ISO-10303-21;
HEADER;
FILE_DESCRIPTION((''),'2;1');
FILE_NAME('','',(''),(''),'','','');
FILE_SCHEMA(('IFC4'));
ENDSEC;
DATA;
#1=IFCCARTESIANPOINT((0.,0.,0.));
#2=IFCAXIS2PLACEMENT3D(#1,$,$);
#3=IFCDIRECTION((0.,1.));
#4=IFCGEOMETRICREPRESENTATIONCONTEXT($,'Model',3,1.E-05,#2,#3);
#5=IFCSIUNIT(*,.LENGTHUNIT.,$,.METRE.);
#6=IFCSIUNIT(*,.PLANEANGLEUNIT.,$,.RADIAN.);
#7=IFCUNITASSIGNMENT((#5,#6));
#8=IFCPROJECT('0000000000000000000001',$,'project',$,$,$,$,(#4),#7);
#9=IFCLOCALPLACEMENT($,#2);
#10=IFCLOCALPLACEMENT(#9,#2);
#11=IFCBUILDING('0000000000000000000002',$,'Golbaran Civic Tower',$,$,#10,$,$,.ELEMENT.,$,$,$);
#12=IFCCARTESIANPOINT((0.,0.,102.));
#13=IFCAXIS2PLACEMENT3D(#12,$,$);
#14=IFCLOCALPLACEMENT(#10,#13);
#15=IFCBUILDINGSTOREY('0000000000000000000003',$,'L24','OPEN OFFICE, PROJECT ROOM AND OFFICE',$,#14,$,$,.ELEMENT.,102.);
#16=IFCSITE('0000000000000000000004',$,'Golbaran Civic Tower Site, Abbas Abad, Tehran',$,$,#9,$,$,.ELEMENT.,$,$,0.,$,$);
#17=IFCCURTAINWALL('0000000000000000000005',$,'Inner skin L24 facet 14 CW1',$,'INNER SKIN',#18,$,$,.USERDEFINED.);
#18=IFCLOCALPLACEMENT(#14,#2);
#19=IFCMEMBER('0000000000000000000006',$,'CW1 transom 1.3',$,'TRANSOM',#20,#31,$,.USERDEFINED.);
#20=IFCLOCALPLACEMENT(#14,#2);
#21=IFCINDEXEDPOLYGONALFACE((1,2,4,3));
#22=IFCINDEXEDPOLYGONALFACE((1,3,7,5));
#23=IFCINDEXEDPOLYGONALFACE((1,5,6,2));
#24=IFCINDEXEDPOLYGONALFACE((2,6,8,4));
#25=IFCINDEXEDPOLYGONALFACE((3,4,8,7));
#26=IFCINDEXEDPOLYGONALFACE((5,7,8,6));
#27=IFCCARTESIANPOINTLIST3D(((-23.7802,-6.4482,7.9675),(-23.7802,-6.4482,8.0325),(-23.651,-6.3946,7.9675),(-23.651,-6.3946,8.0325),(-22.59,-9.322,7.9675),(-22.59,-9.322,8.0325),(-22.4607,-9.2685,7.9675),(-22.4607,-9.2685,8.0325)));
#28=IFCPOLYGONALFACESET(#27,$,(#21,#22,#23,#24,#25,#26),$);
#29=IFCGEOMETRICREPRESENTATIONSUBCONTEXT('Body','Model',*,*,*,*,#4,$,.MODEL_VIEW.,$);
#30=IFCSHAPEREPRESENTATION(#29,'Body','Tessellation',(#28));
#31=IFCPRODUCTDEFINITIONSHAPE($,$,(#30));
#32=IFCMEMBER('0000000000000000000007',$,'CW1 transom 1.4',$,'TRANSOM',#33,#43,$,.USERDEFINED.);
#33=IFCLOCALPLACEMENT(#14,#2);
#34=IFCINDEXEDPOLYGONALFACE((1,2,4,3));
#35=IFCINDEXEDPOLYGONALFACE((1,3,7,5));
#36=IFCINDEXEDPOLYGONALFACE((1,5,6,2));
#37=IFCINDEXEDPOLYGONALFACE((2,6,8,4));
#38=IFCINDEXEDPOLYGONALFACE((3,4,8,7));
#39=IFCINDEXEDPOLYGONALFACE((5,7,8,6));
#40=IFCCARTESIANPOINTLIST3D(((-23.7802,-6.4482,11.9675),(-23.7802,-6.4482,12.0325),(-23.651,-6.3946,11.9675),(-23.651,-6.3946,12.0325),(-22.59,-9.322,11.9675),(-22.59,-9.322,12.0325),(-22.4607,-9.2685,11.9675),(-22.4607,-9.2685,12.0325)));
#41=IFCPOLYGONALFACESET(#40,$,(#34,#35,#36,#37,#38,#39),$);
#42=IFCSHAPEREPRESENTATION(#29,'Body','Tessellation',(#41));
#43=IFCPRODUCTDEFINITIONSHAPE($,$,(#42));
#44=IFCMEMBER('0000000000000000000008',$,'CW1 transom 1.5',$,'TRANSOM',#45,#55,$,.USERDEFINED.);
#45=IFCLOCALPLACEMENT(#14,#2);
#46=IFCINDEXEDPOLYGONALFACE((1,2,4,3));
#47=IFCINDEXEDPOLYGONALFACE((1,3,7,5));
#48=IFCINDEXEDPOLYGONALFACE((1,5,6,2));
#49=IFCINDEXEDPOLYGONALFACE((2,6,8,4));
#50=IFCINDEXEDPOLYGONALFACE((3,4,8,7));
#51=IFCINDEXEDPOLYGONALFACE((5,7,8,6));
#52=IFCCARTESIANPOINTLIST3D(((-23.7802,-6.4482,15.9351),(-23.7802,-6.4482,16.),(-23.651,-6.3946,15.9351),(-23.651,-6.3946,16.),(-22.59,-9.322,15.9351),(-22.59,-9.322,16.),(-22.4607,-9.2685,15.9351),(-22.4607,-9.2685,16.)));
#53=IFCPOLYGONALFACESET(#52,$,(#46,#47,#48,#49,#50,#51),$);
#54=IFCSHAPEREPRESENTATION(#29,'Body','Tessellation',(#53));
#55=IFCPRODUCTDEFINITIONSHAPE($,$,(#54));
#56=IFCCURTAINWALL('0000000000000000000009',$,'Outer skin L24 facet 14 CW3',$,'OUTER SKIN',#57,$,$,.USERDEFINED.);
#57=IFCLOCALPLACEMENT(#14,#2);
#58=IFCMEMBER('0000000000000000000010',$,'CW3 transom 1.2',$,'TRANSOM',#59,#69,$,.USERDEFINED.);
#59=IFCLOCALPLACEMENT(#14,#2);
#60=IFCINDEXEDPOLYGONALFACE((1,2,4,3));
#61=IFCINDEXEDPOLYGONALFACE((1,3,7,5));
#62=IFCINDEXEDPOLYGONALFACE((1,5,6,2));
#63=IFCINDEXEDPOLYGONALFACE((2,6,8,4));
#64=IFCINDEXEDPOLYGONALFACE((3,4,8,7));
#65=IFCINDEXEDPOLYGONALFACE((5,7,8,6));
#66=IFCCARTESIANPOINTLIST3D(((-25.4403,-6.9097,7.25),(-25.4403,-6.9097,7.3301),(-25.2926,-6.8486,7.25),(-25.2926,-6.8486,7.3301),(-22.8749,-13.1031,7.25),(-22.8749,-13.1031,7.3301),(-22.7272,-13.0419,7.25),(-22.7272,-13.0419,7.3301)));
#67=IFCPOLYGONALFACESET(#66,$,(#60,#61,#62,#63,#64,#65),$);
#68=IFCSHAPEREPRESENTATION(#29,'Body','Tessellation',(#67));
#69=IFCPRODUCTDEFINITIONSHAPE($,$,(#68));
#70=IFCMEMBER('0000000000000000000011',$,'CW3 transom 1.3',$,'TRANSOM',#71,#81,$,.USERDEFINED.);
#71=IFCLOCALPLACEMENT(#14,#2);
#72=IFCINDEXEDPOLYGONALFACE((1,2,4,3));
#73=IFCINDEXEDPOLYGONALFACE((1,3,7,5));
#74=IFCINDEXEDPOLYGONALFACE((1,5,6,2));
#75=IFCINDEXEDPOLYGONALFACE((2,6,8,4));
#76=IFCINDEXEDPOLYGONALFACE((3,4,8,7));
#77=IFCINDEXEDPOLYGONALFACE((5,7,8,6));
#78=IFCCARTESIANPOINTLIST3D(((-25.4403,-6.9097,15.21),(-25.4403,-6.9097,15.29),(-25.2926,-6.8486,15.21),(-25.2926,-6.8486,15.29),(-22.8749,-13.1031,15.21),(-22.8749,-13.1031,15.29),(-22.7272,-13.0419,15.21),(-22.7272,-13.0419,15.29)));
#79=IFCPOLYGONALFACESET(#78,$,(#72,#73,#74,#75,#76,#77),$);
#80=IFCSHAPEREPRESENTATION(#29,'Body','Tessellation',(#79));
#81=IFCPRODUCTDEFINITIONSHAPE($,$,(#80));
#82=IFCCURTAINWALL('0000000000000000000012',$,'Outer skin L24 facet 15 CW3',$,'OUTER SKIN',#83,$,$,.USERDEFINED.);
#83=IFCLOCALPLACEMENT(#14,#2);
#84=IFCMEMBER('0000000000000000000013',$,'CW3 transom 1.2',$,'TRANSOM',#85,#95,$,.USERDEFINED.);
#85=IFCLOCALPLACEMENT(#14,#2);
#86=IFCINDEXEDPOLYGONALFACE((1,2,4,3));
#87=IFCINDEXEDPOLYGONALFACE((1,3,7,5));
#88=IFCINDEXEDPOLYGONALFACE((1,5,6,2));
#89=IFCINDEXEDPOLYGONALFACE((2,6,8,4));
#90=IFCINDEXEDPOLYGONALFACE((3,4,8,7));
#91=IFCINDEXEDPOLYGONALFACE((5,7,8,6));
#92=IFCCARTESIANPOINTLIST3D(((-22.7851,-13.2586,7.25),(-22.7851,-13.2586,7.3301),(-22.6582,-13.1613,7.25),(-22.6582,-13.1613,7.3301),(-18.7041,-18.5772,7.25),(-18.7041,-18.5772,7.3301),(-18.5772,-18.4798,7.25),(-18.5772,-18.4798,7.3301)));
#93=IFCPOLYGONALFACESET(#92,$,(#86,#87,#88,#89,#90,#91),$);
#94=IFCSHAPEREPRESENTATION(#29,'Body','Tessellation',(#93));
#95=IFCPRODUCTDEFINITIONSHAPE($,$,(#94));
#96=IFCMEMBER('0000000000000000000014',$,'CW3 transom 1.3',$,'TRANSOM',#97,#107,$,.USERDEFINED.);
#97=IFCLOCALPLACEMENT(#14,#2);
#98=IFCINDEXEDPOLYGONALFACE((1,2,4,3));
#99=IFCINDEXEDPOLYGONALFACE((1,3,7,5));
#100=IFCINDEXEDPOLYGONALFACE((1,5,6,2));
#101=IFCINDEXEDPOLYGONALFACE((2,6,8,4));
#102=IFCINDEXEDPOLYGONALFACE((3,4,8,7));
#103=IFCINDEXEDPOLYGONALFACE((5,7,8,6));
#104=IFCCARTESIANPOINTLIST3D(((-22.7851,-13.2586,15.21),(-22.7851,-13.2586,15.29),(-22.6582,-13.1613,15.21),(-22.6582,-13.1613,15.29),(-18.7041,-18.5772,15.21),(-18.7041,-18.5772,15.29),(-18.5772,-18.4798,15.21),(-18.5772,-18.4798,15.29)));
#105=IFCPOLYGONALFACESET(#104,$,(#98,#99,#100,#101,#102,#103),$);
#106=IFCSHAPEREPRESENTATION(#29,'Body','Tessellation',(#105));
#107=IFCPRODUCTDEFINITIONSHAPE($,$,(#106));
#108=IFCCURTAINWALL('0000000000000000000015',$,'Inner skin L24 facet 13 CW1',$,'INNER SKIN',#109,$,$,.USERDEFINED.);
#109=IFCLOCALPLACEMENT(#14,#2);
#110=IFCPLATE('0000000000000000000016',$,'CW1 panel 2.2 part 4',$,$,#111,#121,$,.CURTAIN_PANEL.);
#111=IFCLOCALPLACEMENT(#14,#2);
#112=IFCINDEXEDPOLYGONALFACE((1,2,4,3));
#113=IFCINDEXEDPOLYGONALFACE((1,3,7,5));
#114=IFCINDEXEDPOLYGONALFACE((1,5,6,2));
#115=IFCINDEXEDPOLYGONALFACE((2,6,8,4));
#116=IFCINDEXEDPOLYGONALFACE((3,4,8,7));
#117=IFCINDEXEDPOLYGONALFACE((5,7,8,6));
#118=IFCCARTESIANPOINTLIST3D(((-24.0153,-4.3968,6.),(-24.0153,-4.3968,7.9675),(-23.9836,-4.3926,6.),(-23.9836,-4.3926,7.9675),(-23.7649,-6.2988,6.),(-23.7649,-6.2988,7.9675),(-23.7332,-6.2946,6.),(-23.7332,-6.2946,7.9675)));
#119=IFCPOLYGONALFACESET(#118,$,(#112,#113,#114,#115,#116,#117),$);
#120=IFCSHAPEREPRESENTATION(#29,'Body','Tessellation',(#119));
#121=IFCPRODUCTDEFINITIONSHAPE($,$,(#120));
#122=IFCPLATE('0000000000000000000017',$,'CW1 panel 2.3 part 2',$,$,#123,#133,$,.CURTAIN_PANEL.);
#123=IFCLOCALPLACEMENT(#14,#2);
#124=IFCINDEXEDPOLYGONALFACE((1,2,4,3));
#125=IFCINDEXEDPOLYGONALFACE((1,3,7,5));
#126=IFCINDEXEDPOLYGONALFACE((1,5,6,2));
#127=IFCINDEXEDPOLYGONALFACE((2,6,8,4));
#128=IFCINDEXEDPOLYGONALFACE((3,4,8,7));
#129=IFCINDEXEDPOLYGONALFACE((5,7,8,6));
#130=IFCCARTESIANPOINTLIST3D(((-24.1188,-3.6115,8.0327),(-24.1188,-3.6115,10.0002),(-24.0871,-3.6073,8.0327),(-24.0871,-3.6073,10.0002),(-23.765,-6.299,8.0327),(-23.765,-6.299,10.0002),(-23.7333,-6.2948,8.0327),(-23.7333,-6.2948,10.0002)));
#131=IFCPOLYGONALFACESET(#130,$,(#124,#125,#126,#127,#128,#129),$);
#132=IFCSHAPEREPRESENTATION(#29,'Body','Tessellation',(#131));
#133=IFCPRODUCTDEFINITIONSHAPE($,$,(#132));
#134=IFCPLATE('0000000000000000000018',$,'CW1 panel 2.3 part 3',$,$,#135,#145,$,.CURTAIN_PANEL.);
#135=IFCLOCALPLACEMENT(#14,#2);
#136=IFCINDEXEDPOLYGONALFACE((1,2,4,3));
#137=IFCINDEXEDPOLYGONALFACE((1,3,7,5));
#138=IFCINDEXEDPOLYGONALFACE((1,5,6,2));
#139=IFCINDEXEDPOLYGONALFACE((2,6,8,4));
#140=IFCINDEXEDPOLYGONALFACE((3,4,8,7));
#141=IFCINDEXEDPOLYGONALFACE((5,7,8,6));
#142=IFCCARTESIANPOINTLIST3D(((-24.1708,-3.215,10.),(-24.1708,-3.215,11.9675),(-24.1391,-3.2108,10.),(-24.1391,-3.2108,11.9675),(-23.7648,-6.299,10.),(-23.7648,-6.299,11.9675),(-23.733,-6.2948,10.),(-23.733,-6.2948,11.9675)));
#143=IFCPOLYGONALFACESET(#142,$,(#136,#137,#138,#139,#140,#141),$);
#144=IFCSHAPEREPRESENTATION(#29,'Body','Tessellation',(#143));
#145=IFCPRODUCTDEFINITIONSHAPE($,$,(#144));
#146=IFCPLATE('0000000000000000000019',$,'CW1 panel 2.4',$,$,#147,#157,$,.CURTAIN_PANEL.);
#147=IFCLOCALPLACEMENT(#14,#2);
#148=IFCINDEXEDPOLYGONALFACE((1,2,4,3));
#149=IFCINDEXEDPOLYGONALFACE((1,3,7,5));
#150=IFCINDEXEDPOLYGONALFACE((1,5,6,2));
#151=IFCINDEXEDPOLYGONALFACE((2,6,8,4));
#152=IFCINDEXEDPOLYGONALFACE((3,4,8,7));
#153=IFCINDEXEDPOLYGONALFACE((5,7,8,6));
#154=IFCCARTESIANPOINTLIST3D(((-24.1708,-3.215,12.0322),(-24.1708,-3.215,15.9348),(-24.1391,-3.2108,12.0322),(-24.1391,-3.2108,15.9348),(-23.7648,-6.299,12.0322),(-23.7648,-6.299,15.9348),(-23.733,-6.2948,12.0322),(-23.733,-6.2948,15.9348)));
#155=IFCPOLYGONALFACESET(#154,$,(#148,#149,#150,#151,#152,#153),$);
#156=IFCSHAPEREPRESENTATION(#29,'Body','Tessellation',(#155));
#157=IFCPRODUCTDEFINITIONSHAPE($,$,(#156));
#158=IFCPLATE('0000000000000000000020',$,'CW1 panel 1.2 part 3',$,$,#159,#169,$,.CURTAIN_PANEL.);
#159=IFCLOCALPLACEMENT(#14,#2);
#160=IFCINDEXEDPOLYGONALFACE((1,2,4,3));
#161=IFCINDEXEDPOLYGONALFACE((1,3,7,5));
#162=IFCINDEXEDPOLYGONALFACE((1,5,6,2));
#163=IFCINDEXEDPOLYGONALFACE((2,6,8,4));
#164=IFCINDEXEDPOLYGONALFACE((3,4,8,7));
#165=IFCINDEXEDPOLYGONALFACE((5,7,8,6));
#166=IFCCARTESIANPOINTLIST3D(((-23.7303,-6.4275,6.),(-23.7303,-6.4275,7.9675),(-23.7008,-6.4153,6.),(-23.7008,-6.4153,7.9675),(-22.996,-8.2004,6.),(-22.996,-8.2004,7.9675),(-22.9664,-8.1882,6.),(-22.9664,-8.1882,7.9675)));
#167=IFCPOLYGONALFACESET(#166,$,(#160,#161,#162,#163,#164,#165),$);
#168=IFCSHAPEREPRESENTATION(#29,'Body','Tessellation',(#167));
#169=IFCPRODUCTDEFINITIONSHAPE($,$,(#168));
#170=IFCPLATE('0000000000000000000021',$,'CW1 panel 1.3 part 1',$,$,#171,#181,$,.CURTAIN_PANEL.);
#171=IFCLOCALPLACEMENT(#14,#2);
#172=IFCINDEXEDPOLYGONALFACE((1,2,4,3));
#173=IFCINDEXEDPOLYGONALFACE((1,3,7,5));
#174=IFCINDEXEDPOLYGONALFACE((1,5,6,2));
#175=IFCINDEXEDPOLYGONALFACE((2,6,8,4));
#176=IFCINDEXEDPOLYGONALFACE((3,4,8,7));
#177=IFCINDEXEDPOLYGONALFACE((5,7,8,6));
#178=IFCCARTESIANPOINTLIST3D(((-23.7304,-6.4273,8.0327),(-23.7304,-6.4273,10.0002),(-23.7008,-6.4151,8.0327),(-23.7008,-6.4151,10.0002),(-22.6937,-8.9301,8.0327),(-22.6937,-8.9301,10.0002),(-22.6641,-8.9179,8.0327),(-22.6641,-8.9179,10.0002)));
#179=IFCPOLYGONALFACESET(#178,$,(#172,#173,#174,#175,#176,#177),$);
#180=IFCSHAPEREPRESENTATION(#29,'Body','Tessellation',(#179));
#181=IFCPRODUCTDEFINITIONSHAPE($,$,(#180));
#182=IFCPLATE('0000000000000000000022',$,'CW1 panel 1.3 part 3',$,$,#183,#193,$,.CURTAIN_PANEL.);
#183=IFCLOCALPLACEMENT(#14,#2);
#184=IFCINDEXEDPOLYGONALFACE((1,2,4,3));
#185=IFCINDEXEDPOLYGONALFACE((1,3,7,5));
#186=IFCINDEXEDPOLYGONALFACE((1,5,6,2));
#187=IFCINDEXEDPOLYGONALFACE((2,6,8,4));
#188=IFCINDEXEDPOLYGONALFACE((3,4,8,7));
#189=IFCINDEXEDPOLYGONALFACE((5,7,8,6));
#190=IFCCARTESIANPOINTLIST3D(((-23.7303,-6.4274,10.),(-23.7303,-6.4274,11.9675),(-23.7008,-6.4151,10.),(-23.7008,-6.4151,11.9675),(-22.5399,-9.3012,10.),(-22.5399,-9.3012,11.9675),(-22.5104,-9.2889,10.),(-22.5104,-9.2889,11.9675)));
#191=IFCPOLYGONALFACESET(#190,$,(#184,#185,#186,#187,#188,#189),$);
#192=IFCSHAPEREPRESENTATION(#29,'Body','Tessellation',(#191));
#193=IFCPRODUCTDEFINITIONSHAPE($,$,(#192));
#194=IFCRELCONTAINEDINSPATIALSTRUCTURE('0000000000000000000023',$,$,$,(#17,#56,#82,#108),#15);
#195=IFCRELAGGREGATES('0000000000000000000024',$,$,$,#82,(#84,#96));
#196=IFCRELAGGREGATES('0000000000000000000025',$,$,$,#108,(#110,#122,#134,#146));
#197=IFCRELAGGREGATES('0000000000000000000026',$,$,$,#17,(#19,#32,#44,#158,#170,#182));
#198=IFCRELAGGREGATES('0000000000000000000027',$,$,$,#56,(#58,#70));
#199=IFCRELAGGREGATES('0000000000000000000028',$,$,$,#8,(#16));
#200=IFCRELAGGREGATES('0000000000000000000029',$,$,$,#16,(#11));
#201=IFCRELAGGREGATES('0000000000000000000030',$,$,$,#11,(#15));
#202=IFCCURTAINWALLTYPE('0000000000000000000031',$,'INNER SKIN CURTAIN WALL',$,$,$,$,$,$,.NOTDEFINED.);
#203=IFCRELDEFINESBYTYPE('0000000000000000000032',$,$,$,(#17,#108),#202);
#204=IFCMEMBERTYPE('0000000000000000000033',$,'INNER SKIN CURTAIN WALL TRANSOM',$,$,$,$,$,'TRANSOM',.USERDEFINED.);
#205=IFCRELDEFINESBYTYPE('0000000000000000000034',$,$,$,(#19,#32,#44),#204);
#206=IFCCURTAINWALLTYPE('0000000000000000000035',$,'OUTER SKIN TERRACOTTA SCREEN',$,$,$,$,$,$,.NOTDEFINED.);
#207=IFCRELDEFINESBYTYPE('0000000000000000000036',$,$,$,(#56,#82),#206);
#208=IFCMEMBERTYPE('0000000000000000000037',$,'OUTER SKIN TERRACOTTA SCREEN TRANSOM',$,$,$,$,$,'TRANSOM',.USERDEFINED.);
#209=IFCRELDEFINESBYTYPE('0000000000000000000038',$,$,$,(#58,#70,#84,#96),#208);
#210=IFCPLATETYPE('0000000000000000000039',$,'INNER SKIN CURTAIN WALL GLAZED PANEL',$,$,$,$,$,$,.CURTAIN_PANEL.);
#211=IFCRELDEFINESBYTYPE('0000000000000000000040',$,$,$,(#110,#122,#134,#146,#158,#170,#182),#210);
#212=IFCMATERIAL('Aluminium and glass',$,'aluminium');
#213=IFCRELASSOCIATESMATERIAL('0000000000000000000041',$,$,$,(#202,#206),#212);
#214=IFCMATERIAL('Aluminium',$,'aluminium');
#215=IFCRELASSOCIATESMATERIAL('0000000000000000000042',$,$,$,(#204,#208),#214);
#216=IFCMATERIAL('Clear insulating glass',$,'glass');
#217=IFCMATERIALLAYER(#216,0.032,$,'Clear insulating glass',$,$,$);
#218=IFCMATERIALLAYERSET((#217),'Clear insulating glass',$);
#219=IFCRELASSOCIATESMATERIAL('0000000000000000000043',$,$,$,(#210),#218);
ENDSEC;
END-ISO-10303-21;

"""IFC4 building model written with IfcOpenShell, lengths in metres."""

from ifc_helpers import new_model, si_unit, direction, frame, origin, origin_2d, place, context, subcontext, project, spatial, rectangle, extrude, material, layer, layer_set, material_profile, profile_set, type_object, element, aggregate, save


model = new_model("IFC4")

# Units and contexts
model_context = context("Model", 3, precision=1e-05, world=origin(), true_north=direction((0.0, 1.0)))
body_context = subcontext(model_context, "Body", "Model", "MODEL_VIEW")
ifc_project = project(units=[si_unit("LENGTHUNIT", "METRE"), si_unit("PLANEANGLEUNIT", "RADIAN")], contexts=[model_context])

# Site, building, storey
site_placement = place(None, origin())
site = spatial("IfcSite", under=ifc_project, at=site_placement, Name="Golbaran Civic Tower Site, Abbas Abad, Tehran", CompositionType="ELEMENT", RefElevation=0.0)
building_placement = place(site_placement, origin())
building = spatial("IfcBuilding", under=site, at=building_placement, Name="Golbaran Civic Tower", CompositionType="ELEMENT")
storey_placement = place(building_placement, frame((0.0, 0.0, 102.0)))
storey = spatial("IfcBuildingStorey", under=building, at=storey_placement, Name="L24", Description="OPEN OFFICE, PROJECT ROOM AND OFFICE", CompositionType="ELEMENT", Elevation=102.0)

# Curtain walls, members
ifc_material_1 = material(Name="Aluminium and glass", Category="aluminium")
curtain_wall_type_1 = type_object("IfcCurtainWallType", Name="INNER SKIN CURTAIN WALL", PredefinedType="NOTDEFINED", material=ifc_material_1)
curtain_wall_1_placement = place(storey_placement, origin())
curtain_wall_1 = element("IfcCurtainWall", 1, at=curtain_wall_1_placement, inside=storey, type_object=curtain_wall_type_1, Name="Inner skin L24 facet 14 CW1", ObjectType="INNER SKIN", PredefinedType="USERDEFINED")
ifc_material_2 = material(Name="Aluminium", Category="aluminium")
ifc_material_profile_1 = material_profile(ifc_material_2, rectangle(XDim=0.1399, YDim=0.0649, at=origin_2d()), Name="INNER SKIN CURTAIN WALL TRANSOM")
ifc_profile_set_1 = profile_set([ifc_material_profile_1], Name="Aluminium")
member_type_1 = type_object("IfcMemberType", Name="INNER SKIN CURTAIN WALL TRANSOM", ElementType="TRANSOM", PredefinedType="USERDEFINED", material=ifc_profile_set_1)
member_1_placement = place(storey_placement, frame((-23.7156, -6.4214, 8.0), z_axis=(0.382636, -0.923899, 0.0), x_axis=(0.923899, 0.382636, 0.0)))
member_1 = element("IfcMember", 2, at=member_1_placement, type_object=member_type_1, Name="CW1 transom 1.3", ObjectType="TRANSOM", PredefinedType="USERDEFINED", context=body_context, shape_type="SweptSolid", body=[
    extrude(rectangle(XDim=0.1399, YDim=0.0649, at=origin_2d()), origin(), (0.0, 0.0, 1.0), 3.1106),
])
member_2_placement = place(storey_placement, frame((-23.7156, -6.4214, 12.0), z_axis=(0.382636, -0.923899, 0.0), x_axis=(0.923899, 0.382636, 0.0)))
member_2 = element("IfcMember", 3, at=member_2_placement, type_object=member_type_1, Name="CW1 transom 1.4", ObjectType="TRANSOM", PredefinedType="USERDEFINED", context=body_context, shape_type="SweptSolid", body=[
    extrude(rectangle(XDim=0.1399, YDim=0.0649, at=origin_2d()), origin(), (0.0, 0.0, 1.0), 3.1106),
])
member_3_placement = place(storey_placement, frame((-23.7156, -6.4214, 15.9675), z_axis=(0.382636, -0.923899, 0.0), x_axis=(0.923899, 0.382636, 0.0)))
member_3 = element("IfcMember", 4, at=member_3_placement, type_object=member_type_1, Name="CW1 transom 1.5", ObjectType="TRANSOM", PredefinedType="USERDEFINED", context=body_context, shape_type="SweptSolid", body=[
    extrude(rectangle(XDim=0.1399, YDim=0.0649, at=origin_2d()), origin(), (0.0, 0.0, 1.0), 3.1106),
])
curtain_wall_type_2 = type_object("IfcCurtainWallType", Name="OUTER SKIN TERRACOTTA SCREEN", PredefinedType="NOTDEFINED", material=ifc_material_1)
curtain_wall_2_placement = place(storey_placement, origin())
curtain_wall_2 = element("IfcCurtainWall", 5, at=curtain_wall_2_placement, inside=storey, type_object=curtain_wall_type_2, Name="Outer skin L24 facet 14 CW3", ObjectType="OUTER SKIN", PredefinedType="USERDEFINED")
ifc_material_profile_2 = material_profile(ifc_material_2, rectangle(XDim=0.1599, YDim=0.0801, at=origin_2d()), Name="OUTER SKIN TERRACOTTA SCREEN TRANSOM")
ifc_profile_set_2 = profile_set([ifc_material_profile_2], Name="Aluminium")
member_type_2 = type_object("IfcMemberType", Name="OUTER SKIN TERRACOTTA SCREEN TRANSOM", ElementType="TRANSOM", PredefinedType="USERDEFINED", material=ifc_profile_set_2)
member_4_placement = place(storey_placement, frame((-25.3665, -6.8792, 7.29), z_axis=(0.382691, -0.923877, 0.0), x_axis=(0.923877, 0.382691, 0.0)))
member_4 = element("IfcMember", 6, at=member_4_placement, type_object=member_type_2, Name="CW3 transom 1.2", ObjectType="TRANSOM", PredefinedType="USERDEFINED", context=body_context, shape_type="SweptSolid", body=[
    extrude(rectangle(XDim=0.1599, YDim=0.0801, at=origin_2d()), origin(), (0.0, 0.0, 1.0), 6.7036),
])
member_5_placement = place(storey_placement, frame((-25.3665, -6.8792, 15.25), z_axis=(0.382691, -0.923877, 0.0), x_axis=(0.923877, 0.382691, 0.0)))
member_5 = element("IfcMember", 7, at=member_5_placement, type_object=member_type_2, Name="CW3 transom 1.3", ObjectType="TRANSOM", PredefinedType="USERDEFINED", context=body_context, shape_type="SweptSolid", body=[
    extrude(rectangle(XDim=0.1599, YDim=0.0801, at=origin_2d()), origin(), (0.0, 0.0, 1.0), 6.7036),
])
curtain_wall_3_placement = place(storey_placement, origin())
curtain_wall_3 = element("IfcCurtainWall", 8, at=curtain_wall_3_placement, inside=storey, type_object=curtain_wall_type_2, Name="Outer skin L24 facet 15 CW3", ObjectType="OUTER SKIN", PredefinedType="USERDEFINED")
member_6_placement = place(storey_placement, frame((-22.7217, -13.21, 7.29), z_axis=(0.608756, -0.793357, 0.0), x_axis=(0.793357, 0.608756, 0.0)))
member_6 = element("IfcMember", 9, at=member_6_placement, type_object=member_type_2, Name="CW3 transom 1.2", ObjectType="TRANSOM", PredefinedType="USERDEFINED", context=body_context, shape_type="SweptSolid", body=[
    extrude(rectangle(XDim=0.1599, YDim=0.0801, at=origin_2d()), origin(), (0.0, 0.0, 1.0), 6.7039),
])
member_7_placement = place(storey_placement, frame((-22.7217, -13.21, 15.25), z_axis=(0.608756, -0.793357, 0.0), x_axis=(0.793357, 0.608756, 0.0)))
member_7 = element("IfcMember", 10, at=member_7_placement, type_object=member_type_2, Name="CW3 transom 1.3", ObjectType="TRANSOM", PredefinedType="USERDEFINED", context=body_context, shape_type="SweptSolid", body=[
    extrude(rectangle(XDim=0.1599, YDim=0.0801, at=origin_2d()), origin(), (0.0, 0.0, 1.0), 6.7039),
])
aggregate(curtain_wall_3, [member_6, member_7])

# Curtain wall, plates
curtain_wall_4_placement = place(storey_placement, origin())
curtain_wall_4 = element("IfcCurtainWall", 11, at=curtain_wall_4_placement, inside=storey, type_object=curtain_wall_type_1, Name="Inner skin L24 facet 13 CW1", ObjectType="INNER SKIN", PredefinedType="USERDEFINED")
ifc_material_3 = material(Name="Clear insulating glass", Category="glass")
ifc_layer_1 = layer(ifc_material_3, 0.032, Name="Clear insulating glass")
ifc_layer_set_1 = layer_set([ifc_layer_1], Name="Clear insulating glass")
plate_type_1 = type_object("IfcPlateType", Name="INNER SKIN CURTAIN WALL GLAZED PANEL", PredefinedType="CURTAIN_PANEL", material=ifc_layer_set_1)
plate_1_placement = place(storey_placement, frame((-23.8743, -5.3457, 6.0), z_axis=(0.0, 0.0, 1.0), x_axis=(0.130526, -0.991445, 0.0)))
plate_1 = element("IfcPlate", 12, at=plate_1_placement, type_object=plate_type_1, Name="CW1 panel 2.2 part 4", PredefinedType="CURTAIN_PANEL", context=body_context, shape_type="SweptSolid", body=[
    extrude(rectangle(XDim=1.9185, YDim=0.032, at=origin_2d()), origin(), (0.0, 0.0, 1.0), 1.9675),
])
plate_2_placement = place(storey_placement, frame((-23.926, -4.9531, 8.0327), z_axis=(0.0, 0.0, 1.0), x_axis=(0.130526, -0.991445, 0.0)))
plate_2 = element("IfcPlate", 13, at=plate_2_placement, type_object=plate_type_1, Name="CW1 panel 2.3 part 2", PredefinedType="CURTAIN_PANEL", context=body_context, shape_type="SweptSolid", body=[
    extrude(rectangle(XDim=2.7107, YDim=0.032, at=origin_2d()), origin(), (0.0, 0.0, 1.0), 1.9675),
])
plate_3_placement = place(storey_placement, frame((-23.9519, -4.7549, 10.0), z_axis=(0.0, 0.0, 1.0), x_axis=(0.130526, -0.991445, 0.0)))
plate_3 = element("IfcPlate", 14, at=plate_3_placement, type_object=plate_type_1, Name="CW1 panel 2.3 part 3", PredefinedType="CURTAIN_PANEL", context=body_context, shape_type="SweptSolid", body=[
    extrude(rectangle(XDim=3.1106, YDim=0.032, at=origin_2d()), origin(), (0.0, 0.0, 1.0), 1.9675),
])
plate_4_placement = place(storey_placement, frame((-23.9519, -4.7549, 12.0322), z_axis=(0.0, 0.0, 1.0), x_axis=(0.130526, -0.991445, 0.0)))
plate_4 = element("IfcPlate", 15, at=plate_4_placement, type_object=plate_type_1, Name="CW1 panel 2.4", PredefinedType="CURTAIN_PANEL", context=body_context, shape_type="SweptSolid", body=[
    extrude(rectangle(XDim=3.1106, YDim=0.032, at=origin_2d()), origin(), (0.0, 0.0, 1.0), 3.9026),
])
aggregate(curtain_wall_4, [plate_1, plate_2, plate_3, plate_4])

# Plates
plate_5_placement = place(storey_placement, frame((-23.3484, -7.3079, 6.0), z_axis=(0.0, 0.0, 1.0), x_axis=(0.382683, -0.92388, 0.0)))
plate_5 = element("IfcPlate", 16, at=plate_5_placement, type_object=plate_type_1, Name="CW1 panel 1.2 part 3", PredefinedType="CURTAIN_PANEL", context=body_context, shape_type="SweptSolid", body=[
    extrude(rectangle(XDim=1.9189, YDim=0.032, at=origin_2d()), origin(), (0.0, 0.0, 1.0), 1.9675),
])
plate_6_placement = place(storey_placement, frame((-23.1973, -7.6726, 8.0327), z_axis=(0.0, 0.0, 1.0), x_axis=(0.382683, -0.92388, 0.0)))
plate_6 = element("IfcPlate", 17, at=plate_6_placement, type_object=plate_type_1, Name="CW1 panel 1.3 part 1", PredefinedType="CURTAIN_PANEL", context=body_context, shape_type="SweptSolid", body=[
    extrude(rectangle(XDim=2.709, YDim=0.032, at=origin_2d()), origin(), (0.0, 0.0, 1.0), 1.9675),
])
plate_7_placement = place(storey_placement, frame((-23.1204, -7.8582, 10.0), z_axis=(0.0, 0.0, 1.0), x_axis=(0.382683, -0.92388, 0.0)))
plate_7 = element("IfcPlate", 18, at=plate_7_placement, type_object=plate_type_1, Name="CW1 panel 1.3 part 3", PredefinedType="CURTAIN_PANEL", context=body_context, shape_type="SweptSolid", body=[
    extrude(rectangle(XDim=3.1106, YDim=0.032, at=origin_2d()), origin(), (0.0, 0.0, 1.0), 1.9675),
])
aggregate(curtain_wall_1, [member_1, member_2, member_3, plate_5, plate_6, plate_7])
aggregate(curtain_wall_2, [member_4, member_5])

save(model, "model.ifc")
